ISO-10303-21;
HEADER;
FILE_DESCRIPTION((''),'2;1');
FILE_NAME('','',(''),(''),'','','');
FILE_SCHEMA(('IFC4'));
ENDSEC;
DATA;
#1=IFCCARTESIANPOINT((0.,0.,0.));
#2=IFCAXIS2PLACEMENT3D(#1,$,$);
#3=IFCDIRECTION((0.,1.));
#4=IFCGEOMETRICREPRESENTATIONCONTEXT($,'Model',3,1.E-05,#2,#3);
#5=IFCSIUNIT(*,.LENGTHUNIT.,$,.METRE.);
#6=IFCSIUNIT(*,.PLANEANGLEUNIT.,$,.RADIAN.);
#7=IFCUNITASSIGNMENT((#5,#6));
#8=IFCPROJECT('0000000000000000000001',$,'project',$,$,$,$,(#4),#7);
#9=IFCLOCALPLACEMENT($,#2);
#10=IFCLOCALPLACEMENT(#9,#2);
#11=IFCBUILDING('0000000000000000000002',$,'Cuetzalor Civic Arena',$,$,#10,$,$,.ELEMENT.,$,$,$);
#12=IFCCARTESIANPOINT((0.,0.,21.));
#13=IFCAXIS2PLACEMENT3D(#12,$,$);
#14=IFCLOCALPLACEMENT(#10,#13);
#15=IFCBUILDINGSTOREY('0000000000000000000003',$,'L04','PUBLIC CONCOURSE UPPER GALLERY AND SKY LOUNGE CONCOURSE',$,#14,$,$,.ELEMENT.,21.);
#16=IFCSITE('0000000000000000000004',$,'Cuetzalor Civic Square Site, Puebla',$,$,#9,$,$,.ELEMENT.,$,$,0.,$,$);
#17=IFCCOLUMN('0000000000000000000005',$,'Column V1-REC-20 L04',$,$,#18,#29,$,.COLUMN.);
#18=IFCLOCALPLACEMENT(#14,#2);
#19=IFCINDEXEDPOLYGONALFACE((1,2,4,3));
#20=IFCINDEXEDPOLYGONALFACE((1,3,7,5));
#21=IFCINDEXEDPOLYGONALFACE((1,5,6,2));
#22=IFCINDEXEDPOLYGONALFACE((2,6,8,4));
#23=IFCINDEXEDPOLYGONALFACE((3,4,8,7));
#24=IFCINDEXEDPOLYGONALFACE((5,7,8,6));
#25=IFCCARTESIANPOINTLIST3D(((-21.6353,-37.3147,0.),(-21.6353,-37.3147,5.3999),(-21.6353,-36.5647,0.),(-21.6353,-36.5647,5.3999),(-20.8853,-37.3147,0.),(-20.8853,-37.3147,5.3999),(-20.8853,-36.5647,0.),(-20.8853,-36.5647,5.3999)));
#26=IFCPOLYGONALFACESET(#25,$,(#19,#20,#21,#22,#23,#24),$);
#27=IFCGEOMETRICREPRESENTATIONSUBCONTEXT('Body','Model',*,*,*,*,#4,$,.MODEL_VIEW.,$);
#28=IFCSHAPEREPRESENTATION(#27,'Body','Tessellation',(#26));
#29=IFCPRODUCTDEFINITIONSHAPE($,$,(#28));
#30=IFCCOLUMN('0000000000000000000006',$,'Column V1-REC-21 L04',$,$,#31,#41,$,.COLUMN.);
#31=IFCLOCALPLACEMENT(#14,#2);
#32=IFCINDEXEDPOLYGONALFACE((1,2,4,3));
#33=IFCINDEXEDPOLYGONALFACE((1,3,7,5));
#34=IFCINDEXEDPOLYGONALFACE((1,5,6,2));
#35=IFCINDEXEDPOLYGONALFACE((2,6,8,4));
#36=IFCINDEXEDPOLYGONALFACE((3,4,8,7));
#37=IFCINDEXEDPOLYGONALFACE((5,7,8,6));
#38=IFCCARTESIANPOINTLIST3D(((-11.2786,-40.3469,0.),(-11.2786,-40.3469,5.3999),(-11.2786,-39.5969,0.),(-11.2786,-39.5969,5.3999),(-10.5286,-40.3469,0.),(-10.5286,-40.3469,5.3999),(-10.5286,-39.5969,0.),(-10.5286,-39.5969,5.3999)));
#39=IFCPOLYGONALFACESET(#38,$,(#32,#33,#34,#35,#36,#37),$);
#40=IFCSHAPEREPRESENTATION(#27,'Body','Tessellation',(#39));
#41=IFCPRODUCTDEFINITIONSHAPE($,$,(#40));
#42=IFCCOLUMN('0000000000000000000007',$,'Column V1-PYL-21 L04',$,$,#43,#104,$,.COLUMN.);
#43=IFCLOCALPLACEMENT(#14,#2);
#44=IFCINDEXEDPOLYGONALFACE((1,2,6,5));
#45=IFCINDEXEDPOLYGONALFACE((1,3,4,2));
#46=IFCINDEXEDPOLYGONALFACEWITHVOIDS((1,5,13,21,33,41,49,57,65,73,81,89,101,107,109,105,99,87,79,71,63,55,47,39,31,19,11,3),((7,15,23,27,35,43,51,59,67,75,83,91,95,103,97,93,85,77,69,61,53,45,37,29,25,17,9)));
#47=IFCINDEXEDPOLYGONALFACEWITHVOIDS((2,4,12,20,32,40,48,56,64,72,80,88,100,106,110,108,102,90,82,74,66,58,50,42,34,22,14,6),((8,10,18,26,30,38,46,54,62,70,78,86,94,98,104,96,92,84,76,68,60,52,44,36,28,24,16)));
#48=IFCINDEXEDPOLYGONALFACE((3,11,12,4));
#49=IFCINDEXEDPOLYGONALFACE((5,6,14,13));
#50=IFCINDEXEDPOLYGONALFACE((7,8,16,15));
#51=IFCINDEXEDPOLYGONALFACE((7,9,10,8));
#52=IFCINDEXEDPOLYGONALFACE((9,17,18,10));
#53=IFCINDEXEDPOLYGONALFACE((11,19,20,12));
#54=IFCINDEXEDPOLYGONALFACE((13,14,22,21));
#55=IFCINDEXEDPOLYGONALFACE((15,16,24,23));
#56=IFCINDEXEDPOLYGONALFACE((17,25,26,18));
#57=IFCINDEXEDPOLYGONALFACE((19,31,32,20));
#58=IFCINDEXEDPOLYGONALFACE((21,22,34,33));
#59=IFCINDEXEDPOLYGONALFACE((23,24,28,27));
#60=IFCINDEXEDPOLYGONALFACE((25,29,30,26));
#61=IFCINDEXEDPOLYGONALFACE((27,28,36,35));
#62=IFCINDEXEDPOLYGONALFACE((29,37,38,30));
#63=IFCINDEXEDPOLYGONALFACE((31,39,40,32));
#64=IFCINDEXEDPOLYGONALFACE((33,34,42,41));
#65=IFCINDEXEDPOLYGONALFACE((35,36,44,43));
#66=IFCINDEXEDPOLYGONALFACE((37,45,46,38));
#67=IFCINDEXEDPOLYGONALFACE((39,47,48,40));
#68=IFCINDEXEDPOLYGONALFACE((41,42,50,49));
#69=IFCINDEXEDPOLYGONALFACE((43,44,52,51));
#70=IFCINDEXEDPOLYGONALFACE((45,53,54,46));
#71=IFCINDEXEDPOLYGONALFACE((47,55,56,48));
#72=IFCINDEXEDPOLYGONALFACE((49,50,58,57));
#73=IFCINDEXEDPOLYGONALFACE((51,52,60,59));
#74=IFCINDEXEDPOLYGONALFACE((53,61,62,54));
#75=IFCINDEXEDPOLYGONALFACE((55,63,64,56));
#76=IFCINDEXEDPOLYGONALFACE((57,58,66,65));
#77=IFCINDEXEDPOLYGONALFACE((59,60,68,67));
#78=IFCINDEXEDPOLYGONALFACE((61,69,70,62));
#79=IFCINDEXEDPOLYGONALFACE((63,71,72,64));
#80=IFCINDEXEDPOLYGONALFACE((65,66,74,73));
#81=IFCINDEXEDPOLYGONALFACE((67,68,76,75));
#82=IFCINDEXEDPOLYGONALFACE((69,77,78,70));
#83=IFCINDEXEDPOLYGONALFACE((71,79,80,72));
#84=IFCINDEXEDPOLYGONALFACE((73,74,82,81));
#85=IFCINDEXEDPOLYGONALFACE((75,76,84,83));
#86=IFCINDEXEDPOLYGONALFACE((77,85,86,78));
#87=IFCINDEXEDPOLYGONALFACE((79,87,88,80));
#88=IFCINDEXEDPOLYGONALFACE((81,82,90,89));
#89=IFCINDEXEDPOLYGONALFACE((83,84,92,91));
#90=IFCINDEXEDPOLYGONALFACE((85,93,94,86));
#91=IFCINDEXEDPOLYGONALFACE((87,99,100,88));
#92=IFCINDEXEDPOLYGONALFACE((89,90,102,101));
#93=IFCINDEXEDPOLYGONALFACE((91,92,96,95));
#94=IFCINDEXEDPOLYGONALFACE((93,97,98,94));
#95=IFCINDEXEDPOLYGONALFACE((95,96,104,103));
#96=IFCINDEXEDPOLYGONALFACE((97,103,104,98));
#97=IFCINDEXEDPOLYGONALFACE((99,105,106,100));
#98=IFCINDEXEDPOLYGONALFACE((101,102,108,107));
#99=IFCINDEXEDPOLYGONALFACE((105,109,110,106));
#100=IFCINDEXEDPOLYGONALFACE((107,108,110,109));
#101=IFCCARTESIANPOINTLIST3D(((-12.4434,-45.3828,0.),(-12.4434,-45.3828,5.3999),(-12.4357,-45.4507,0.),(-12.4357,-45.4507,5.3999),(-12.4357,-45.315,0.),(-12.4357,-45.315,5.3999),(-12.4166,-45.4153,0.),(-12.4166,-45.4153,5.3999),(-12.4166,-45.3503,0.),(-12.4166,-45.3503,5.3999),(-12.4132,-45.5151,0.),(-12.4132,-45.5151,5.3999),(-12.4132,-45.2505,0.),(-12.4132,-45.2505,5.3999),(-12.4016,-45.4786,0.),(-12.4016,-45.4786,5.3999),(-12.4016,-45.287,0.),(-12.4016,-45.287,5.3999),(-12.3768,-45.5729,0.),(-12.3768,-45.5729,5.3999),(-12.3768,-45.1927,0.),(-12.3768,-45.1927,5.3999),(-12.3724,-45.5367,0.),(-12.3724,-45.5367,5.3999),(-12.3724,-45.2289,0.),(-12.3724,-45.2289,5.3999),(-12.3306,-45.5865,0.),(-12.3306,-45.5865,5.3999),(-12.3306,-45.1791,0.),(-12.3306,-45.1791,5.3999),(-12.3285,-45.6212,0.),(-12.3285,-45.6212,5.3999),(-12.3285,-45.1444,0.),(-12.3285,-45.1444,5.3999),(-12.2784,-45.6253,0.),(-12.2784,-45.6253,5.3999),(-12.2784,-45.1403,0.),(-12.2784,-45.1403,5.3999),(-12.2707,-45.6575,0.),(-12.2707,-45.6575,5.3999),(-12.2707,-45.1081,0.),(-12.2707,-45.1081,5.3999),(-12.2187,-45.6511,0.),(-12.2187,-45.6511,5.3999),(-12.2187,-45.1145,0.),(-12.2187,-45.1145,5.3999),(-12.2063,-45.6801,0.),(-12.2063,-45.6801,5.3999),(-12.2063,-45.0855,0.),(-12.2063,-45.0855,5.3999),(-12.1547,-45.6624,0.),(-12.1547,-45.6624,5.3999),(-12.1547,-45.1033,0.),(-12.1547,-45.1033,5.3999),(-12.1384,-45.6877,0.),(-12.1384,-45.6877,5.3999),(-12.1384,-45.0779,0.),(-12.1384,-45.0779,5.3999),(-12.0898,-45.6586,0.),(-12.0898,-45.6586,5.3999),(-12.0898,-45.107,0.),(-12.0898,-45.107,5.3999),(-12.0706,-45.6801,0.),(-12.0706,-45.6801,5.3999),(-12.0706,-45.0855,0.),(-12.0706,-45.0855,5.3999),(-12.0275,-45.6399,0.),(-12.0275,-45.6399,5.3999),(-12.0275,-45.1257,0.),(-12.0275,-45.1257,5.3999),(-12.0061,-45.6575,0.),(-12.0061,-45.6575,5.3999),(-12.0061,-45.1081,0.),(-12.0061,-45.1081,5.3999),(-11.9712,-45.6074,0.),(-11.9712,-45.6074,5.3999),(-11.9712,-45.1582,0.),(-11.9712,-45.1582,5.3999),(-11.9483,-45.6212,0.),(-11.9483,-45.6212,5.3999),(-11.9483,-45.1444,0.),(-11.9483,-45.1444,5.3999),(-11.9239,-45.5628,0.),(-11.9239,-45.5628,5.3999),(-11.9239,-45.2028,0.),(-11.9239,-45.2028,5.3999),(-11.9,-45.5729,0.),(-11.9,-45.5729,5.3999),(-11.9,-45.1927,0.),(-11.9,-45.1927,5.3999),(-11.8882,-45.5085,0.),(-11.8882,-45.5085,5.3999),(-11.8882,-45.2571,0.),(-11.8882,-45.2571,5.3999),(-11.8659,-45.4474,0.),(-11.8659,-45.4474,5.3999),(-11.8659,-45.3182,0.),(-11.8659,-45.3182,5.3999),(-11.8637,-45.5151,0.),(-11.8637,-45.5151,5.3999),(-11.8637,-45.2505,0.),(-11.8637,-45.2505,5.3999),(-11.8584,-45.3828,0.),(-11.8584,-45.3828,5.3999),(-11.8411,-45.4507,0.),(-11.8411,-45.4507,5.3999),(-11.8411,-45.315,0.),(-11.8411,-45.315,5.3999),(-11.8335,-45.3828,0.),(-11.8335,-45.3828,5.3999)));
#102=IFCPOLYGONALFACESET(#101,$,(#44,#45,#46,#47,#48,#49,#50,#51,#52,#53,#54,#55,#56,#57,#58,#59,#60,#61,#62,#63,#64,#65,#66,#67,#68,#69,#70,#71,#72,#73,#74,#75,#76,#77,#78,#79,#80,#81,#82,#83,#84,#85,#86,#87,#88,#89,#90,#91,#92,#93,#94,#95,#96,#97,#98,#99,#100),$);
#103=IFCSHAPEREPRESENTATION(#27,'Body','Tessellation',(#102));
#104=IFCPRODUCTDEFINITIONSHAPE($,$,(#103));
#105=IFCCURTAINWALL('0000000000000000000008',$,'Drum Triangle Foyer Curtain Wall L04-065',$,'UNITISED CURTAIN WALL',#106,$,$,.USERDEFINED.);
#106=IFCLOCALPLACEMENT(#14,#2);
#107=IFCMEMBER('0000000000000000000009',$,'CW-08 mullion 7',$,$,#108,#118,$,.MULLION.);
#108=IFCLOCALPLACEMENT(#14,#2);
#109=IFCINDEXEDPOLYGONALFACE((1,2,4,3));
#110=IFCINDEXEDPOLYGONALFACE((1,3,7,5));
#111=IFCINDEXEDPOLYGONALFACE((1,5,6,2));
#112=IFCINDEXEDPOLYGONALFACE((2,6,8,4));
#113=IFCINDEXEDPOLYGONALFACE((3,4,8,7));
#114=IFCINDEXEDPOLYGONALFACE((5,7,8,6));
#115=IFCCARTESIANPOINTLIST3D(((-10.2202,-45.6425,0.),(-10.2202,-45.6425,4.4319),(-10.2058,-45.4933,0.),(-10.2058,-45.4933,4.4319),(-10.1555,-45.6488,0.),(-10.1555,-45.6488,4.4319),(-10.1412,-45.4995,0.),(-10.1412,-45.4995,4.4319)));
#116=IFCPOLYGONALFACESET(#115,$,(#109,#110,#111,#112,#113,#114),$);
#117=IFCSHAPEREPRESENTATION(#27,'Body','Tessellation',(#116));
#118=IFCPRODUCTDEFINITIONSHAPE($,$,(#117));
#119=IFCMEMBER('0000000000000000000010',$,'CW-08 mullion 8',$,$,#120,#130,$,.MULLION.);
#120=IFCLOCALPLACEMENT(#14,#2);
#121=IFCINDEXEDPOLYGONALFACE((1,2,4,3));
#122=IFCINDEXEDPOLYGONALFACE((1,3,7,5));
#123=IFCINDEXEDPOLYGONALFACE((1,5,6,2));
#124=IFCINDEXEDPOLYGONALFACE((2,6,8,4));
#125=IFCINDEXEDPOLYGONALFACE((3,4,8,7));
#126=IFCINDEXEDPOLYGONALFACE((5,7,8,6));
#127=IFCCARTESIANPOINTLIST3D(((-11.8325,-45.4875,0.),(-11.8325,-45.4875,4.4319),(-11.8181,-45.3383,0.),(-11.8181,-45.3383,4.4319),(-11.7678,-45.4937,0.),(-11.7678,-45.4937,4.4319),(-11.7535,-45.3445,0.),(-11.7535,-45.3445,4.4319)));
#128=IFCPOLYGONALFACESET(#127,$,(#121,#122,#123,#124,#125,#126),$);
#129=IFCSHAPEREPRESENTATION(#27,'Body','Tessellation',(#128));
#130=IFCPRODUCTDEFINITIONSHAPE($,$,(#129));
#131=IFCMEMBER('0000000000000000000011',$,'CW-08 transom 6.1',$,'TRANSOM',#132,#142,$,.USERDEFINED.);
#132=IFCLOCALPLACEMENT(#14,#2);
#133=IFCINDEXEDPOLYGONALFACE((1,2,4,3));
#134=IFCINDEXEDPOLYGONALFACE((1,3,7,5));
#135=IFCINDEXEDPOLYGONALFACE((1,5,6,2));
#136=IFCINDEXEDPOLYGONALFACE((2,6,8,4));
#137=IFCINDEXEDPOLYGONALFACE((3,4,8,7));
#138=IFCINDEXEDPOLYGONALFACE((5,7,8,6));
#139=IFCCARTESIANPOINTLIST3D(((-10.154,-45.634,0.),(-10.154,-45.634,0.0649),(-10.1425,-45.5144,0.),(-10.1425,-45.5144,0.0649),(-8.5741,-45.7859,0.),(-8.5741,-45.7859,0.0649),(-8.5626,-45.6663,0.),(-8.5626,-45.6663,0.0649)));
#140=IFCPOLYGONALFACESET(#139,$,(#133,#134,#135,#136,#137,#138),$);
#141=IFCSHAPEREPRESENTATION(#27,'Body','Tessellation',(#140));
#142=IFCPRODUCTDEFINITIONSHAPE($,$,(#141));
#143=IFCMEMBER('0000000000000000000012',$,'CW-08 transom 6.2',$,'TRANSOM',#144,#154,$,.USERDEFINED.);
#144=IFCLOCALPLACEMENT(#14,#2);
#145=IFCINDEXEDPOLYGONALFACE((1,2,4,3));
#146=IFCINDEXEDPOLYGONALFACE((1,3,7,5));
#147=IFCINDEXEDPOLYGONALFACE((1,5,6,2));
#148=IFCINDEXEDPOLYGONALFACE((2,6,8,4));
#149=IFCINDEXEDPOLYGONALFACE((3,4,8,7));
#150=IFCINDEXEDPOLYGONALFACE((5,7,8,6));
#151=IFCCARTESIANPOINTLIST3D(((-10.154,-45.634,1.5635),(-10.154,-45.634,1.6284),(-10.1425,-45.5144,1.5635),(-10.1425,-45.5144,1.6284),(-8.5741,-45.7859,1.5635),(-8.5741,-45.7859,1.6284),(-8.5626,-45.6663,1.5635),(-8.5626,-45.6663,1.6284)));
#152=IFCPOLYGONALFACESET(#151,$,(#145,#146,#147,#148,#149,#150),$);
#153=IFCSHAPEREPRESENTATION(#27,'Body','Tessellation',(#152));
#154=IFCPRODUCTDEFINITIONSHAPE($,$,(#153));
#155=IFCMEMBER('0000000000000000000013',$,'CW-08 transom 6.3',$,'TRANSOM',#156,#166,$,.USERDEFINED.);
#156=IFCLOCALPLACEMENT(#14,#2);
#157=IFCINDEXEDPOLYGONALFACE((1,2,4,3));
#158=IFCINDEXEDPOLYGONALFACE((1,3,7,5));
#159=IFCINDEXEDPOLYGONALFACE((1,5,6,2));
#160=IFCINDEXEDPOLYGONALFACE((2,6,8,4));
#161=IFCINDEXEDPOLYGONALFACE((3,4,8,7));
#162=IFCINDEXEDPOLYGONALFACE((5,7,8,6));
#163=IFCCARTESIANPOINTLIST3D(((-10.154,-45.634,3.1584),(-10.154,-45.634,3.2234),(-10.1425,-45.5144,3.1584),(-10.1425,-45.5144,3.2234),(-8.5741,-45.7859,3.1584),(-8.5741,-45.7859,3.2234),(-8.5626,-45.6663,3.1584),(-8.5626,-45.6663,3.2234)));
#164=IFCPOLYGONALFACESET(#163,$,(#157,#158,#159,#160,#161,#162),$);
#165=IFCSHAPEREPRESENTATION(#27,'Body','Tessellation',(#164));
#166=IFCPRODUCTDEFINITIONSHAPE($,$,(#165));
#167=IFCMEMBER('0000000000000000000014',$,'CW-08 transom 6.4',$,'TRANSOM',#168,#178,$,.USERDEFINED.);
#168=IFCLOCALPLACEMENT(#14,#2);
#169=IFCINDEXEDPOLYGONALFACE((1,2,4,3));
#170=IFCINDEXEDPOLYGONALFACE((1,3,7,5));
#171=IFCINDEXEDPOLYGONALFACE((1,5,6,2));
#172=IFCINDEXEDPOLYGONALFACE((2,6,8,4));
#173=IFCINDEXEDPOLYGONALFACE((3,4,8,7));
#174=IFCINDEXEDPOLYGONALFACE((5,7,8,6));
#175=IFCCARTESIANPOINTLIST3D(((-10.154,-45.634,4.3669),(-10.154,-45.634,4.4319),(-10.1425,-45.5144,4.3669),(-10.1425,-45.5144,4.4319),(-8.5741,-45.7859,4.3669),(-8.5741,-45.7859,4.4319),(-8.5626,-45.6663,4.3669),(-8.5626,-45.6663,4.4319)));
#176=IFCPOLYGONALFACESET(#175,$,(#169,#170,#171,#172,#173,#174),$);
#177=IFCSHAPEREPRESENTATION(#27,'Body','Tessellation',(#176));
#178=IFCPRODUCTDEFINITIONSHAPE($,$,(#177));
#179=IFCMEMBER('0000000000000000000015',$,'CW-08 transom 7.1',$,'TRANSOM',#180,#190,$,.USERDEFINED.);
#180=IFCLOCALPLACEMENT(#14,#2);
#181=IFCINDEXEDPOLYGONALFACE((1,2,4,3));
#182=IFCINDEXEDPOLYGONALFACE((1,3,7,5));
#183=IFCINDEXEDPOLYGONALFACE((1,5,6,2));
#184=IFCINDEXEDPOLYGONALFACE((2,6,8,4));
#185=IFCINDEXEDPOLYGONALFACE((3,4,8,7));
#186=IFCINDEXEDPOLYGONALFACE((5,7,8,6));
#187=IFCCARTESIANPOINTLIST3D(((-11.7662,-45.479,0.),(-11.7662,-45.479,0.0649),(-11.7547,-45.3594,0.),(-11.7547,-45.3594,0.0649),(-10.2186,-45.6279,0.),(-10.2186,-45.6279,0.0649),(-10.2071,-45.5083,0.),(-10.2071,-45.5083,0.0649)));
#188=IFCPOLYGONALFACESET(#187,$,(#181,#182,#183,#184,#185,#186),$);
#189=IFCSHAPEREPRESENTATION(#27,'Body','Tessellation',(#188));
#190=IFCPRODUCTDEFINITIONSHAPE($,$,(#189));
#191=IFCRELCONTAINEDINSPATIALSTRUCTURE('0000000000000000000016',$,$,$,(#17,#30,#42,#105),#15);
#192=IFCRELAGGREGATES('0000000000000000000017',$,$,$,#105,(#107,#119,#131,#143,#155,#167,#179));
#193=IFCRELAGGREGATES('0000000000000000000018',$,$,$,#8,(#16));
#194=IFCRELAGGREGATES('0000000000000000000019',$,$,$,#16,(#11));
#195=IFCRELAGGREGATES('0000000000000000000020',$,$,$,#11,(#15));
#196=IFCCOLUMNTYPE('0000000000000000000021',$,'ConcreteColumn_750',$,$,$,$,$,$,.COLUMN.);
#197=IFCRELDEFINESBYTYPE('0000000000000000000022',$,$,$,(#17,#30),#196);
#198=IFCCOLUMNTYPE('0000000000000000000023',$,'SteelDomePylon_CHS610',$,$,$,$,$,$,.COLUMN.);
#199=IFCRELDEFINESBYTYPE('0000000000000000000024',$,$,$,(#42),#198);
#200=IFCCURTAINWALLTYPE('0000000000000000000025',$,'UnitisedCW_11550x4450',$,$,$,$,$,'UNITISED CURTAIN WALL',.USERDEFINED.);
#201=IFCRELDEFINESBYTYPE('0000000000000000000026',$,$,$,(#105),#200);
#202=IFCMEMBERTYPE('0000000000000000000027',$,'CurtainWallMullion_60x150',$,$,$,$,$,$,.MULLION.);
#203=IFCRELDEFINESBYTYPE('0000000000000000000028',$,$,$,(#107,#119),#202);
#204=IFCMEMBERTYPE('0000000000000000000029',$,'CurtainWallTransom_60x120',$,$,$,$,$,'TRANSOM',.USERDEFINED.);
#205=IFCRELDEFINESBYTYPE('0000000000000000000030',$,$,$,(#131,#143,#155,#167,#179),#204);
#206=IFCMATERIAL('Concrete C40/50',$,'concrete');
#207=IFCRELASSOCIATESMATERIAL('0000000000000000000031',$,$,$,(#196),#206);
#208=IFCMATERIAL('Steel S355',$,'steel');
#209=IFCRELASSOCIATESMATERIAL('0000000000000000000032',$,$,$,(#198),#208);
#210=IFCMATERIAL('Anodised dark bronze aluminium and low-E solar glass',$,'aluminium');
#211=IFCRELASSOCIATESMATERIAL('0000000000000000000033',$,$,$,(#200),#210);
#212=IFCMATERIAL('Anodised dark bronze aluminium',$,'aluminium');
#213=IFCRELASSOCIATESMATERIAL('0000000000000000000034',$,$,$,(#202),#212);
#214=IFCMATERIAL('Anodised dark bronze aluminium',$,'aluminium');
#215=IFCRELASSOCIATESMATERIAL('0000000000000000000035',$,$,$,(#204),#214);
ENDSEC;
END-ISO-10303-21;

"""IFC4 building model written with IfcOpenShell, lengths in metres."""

from ifc_helpers import new_model, si_unit, direction, frame, origin, origin_2d, place, context, subcontext, project, spatial, rectangle, hollow_circle, extrude, material, material_profile, profile_set, type_object, element, aggregate, save


model = new_model("IFC4")

# Units and contexts
model_context = context("Model", 3, precision=1e-05, world=origin(), true_north=direction((0.0, 1.0)))
body_context = subcontext(model_context, "Body", "Model", "MODEL_VIEW")
ifc_project = project(units=[si_unit("LENGTHUNIT", "METRE"), si_unit("PLANEANGLEUNIT", "RADIAN")], contexts=[model_context])

# Site, building, storey
site_placement = place(None, origin())
site = spatial("IfcSite", under=ifc_project, at=site_placement, Name="Cuetzalor Civic Square Site, Puebla", CompositionType="ELEMENT", RefElevation=0.0)
building_placement = place(site_placement, origin())
building = spatial("IfcBuilding", under=site, at=building_placement, Name="Cuetzalor Civic Arena", CompositionType="ELEMENT")
storey_placement = place(building_placement, frame((0.0, 0.0, 21.0)))
storey = spatial("IfcBuildingStorey", under=building, at=storey_placement, Name="L04", Description="PUBLIC CONCOURSE UPPER GALLERY AND SKY LOUNGE CONCOURSE", CompositionType="ELEMENT", Elevation=21.0)

# Columns
ifc_material_1 = material(Name="Concrete C40/50", Category="concrete")
ifc_material_profile_1 = material_profile(ifc_material_1, rectangle(XDim=0.75, YDim=0.75, at=origin_2d()), Name="RC 750x750")
ifc_profile_set_1 = profile_set([ifc_material_profile_1], Name="Concrete C40/50")
column_type_1 = type_object("IfcColumnType", Name="ConcreteColumn_750", PredefinedType="COLUMN", material=ifc_profile_set_1)
for number, where, z_axis, x_axis, name in (
    (1, (-21.2603, -36.9397, 0.0), (0.0, 0.0, 1.0), (1.0, 0.0, 0.0), "Column V1-REC-20 L04"),
    (2, (-10.9036, -39.9719, 0.0), (0.0, 0.0, 1.0), (1.0, 0.0, 0.0), "Column V1-REC-21 L04"),
):
    element("IfcColumn", number, at=place(storey_placement, frame(where, z_axis=z_axis, x_axis=x_axis)), inside=storey, type_object=column_type_1, Name=name, PredefinedType="COLUMN", context=body_context, shape_type="SweptSolid", body=[
        extrude(rectangle(XDim=0.75, YDim=0.75, at=origin_2d()), origin(), (0.0, 0.0, 1.0), 5.3999),
    ])
ifc_material_2 = material(Name="Steel S355", Category="steel")
ifc_material_profile_2 = material_profile(ifc_material_2, hollow_circle(Radius=0.3049, WallThickness=0.0249, at=origin_2d()), Name="CHS 610x25")
ifc_profile_set_2 = profile_set([ifc_material_profile_2], Name="Steel S355")
column_type_2 = type_object("IfcColumnType", Name="SteelDomePylon_CHS610", PredefinedType="COLUMN", material=ifc_profile_set_2)
column_placement = place(storey_placement, frame((-12.1384, -45.3828, 0.0), z_axis=(0.0, 0.0, 1.0), x_axis=(1.0, 0.0, 0.0)))
element("IfcColumn", 3, at=column_placement, inside=storey, type_object=column_type_2, Name="Column V1-PYL-21 L04", PredefinedType="COLUMN", context=body_context, shape_type="SweptSolid", body=[
    extrude(hollow_circle(Radius=0.3049, WallThickness=0.0249, at=origin_2d()), origin(), (0.0, 0.0, 1.0), 5.3999),
])

# Curtain wall, members
ifc_material_3 = material(Name="Anodised dark bronze aluminium and low-E solar glass", Category="aluminium")
curtain_wall_type = type_object("IfcCurtainWallType", Name="UnitisedCW_11550x4450", ElementType="UNITISED CURTAIN WALL", PredefinedType="USERDEFINED", material=ifc_material_3)
curtain_wall_placement = place(storey_placement, origin())
curtain_wall = element("IfcCurtainWall", 4, at=curtain_wall_placement, inside=storey, type_object=curtain_wall_type, Name="Drum Triangle Foyer Curtain Wall L04-065", ObjectType="UNITISED CURTAIN WALL", PredefinedType="USERDEFINED")
ifc_material_4 = material(Name="Anodised dark bronze aluminium", Category="aluminium")
ifc_material_profile_3 = material_profile(ifc_material_4, rectangle(XDim=0.0649, YDim=0.1499, at=origin_2d()), Name="ALU MULLION 65x150")
ifc_profile_set_3 = profile_set([ifc_material_profile_3], Name="Anodised dark bronze aluminium")
member_type_1 = type_object("IfcMemberType", Name="CurtainWallMullion_60x150", PredefinedType="MULLION", material=ifc_profile_set_3)
member_1_placement = place(storey_placement, frame((-10.1807, -45.571, 0.0), z_axis=(0.0, 0.0, 1.0), x_axis=(-0.995409, 0.095711, 0.0)))
member_1 = element("IfcMember", 5, at=member_1_placement, type_object=member_type_1, Name="CW-08 mullion 7", PredefinedType="MULLION", context=body_context, shape_type="SweptSolid", body=[
    extrude(rectangle(XDim=0.0649, YDim=0.1499, at=origin_2d()), origin(), (0.0, 0.0, 1.0), 4.4319),
])
member_2_placement = place(storey_placement, frame((-11.793, -45.416, 0.0), z_axis=(0.0, 0.0, 1.0), x_axis=(-0.995409, 0.095711, 0.0)))
member_2 = element("IfcMember", 6, at=member_2_placement, type_object=member_type_1, Name="CW-08 mullion 8", PredefinedType="MULLION", context=body_context, shape_type="SweptSolid", body=[
    extrude(rectangle(XDim=0.0649, YDim=0.1499, at=origin_2d()), origin(), (0.0, 0.0, 1.0), 4.4319),
])
ifc_material_5 = material(Name="Anodised dark bronze aluminium", Category="aluminium")
ifc_material_profile_4 = material_profile(ifc_material_5, rectangle(XDim=0.1201, YDim=0.0649, at=origin_2d()), Name="ALU TRANSOM 65x120")
ifc_profile_set_4 = profile_set([ifc_material_profile_4], Name="Anodised dark bronze aluminium")
member_type_2 = type_object("IfcMemberType", Name="CurtainWallTransom_60x120", ElementType="TRANSOM", PredefinedType="USERDEFINED", material=ifc_profile_set_4)
member_3_placement = place(storey_placement, frame((-8.5684, -45.7261, 0.0325), z_axis=(-0.995412, 0.09568, 0.0), x_axis=(-0.09568, -0.995412, 0.0)))
member_3 = element("IfcMember", 7, at=member_3_placement, type_object=member_type_2, Name="CW-08 transom 6.1", ObjectType="TRANSOM", PredefinedType="USERDEFINED", context=body_context, shape_type="SweptSolid", body=[
    extrude(rectangle(XDim=0.1201, YDim=0.0649, at=origin_2d()), origin(), (0.0, 0.0, 1.0), 1.5872),
])
member_4_placement = place(storey_placement, frame((-8.5684, -45.7261, 1.5959), z_axis=(-0.995412, 0.09568, 0.0), x_axis=(-0.09568, -0.995412, 0.0)))
member_4 = element("IfcMember", 8, at=member_4_placement, type_object=member_type_2, Name="CW-08 transom 6.2", ObjectType="TRANSOM", PredefinedType="USERDEFINED", context=body_context, shape_type="SweptSolid", body=[
    extrude(rectangle(XDim=0.1201, YDim=0.0649, at=origin_2d()), origin(), (0.0, 0.0, 1.0), 1.5872),
])
member_5_placement = place(storey_placement, frame((-8.5684, -45.7261, 3.1909), z_axis=(-0.995412, 0.09568, 0.0), x_axis=(-0.09568, -0.995412, 0.0)))
member_5 = element("IfcMember", 9, at=member_5_placement, type_object=member_type_2, Name="CW-08 transom 6.3", ObjectType="TRANSOM", PredefinedType="USERDEFINED", context=body_context, shape_type="SweptSolid", body=[
    extrude(rectangle(XDim=0.1201, YDim=0.0649, at=origin_2d()), origin(), (0.0, 0.0, 1.0), 1.5872),
])
member_6_placement = place(storey_placement, frame((-8.5684, -45.7261, 4.3994), z_axis=(-0.995412, 0.09568, 0.0), x_axis=(-0.09568, -0.995412, 0.0)))
member_6 = element("IfcMember", 10, at=member_6_placement, type_object=member_type_2, Name="CW-08 transom 6.4", ObjectType="TRANSOM", PredefinedType="USERDEFINED", context=body_context, shape_type="SweptSolid", body=[
    extrude(rectangle(XDim=0.1201, YDim=0.0649, at=origin_2d()), origin(), (0.0, 0.0, 1.0), 1.5872),
])
member_7_placement = place(storey_placement, frame((-10.2129, -45.5681, 0.0325), z_axis=(-0.995402, 0.095787, 0.0), x_axis=(-0.095787, -0.995402, 0.0)))
member_7 = element("IfcMember", 11, at=member_7_placement, type_object=member_type_2, Name="CW-08 transom 7.1", ObjectType="TRANSOM", PredefinedType="USERDEFINED", context=body_context, shape_type="SweptSolid", body=[
    extrude(rectangle(XDim=0.1201, YDim=0.0649, at=origin_2d()), origin(), (0.0, 0.0, 1.0), 1.5547),
])

aggregate(curtain_wall, [member_1, member_2, member_3, member_4, member_5, member_6, member_7])

save(model, "model.ifc")
